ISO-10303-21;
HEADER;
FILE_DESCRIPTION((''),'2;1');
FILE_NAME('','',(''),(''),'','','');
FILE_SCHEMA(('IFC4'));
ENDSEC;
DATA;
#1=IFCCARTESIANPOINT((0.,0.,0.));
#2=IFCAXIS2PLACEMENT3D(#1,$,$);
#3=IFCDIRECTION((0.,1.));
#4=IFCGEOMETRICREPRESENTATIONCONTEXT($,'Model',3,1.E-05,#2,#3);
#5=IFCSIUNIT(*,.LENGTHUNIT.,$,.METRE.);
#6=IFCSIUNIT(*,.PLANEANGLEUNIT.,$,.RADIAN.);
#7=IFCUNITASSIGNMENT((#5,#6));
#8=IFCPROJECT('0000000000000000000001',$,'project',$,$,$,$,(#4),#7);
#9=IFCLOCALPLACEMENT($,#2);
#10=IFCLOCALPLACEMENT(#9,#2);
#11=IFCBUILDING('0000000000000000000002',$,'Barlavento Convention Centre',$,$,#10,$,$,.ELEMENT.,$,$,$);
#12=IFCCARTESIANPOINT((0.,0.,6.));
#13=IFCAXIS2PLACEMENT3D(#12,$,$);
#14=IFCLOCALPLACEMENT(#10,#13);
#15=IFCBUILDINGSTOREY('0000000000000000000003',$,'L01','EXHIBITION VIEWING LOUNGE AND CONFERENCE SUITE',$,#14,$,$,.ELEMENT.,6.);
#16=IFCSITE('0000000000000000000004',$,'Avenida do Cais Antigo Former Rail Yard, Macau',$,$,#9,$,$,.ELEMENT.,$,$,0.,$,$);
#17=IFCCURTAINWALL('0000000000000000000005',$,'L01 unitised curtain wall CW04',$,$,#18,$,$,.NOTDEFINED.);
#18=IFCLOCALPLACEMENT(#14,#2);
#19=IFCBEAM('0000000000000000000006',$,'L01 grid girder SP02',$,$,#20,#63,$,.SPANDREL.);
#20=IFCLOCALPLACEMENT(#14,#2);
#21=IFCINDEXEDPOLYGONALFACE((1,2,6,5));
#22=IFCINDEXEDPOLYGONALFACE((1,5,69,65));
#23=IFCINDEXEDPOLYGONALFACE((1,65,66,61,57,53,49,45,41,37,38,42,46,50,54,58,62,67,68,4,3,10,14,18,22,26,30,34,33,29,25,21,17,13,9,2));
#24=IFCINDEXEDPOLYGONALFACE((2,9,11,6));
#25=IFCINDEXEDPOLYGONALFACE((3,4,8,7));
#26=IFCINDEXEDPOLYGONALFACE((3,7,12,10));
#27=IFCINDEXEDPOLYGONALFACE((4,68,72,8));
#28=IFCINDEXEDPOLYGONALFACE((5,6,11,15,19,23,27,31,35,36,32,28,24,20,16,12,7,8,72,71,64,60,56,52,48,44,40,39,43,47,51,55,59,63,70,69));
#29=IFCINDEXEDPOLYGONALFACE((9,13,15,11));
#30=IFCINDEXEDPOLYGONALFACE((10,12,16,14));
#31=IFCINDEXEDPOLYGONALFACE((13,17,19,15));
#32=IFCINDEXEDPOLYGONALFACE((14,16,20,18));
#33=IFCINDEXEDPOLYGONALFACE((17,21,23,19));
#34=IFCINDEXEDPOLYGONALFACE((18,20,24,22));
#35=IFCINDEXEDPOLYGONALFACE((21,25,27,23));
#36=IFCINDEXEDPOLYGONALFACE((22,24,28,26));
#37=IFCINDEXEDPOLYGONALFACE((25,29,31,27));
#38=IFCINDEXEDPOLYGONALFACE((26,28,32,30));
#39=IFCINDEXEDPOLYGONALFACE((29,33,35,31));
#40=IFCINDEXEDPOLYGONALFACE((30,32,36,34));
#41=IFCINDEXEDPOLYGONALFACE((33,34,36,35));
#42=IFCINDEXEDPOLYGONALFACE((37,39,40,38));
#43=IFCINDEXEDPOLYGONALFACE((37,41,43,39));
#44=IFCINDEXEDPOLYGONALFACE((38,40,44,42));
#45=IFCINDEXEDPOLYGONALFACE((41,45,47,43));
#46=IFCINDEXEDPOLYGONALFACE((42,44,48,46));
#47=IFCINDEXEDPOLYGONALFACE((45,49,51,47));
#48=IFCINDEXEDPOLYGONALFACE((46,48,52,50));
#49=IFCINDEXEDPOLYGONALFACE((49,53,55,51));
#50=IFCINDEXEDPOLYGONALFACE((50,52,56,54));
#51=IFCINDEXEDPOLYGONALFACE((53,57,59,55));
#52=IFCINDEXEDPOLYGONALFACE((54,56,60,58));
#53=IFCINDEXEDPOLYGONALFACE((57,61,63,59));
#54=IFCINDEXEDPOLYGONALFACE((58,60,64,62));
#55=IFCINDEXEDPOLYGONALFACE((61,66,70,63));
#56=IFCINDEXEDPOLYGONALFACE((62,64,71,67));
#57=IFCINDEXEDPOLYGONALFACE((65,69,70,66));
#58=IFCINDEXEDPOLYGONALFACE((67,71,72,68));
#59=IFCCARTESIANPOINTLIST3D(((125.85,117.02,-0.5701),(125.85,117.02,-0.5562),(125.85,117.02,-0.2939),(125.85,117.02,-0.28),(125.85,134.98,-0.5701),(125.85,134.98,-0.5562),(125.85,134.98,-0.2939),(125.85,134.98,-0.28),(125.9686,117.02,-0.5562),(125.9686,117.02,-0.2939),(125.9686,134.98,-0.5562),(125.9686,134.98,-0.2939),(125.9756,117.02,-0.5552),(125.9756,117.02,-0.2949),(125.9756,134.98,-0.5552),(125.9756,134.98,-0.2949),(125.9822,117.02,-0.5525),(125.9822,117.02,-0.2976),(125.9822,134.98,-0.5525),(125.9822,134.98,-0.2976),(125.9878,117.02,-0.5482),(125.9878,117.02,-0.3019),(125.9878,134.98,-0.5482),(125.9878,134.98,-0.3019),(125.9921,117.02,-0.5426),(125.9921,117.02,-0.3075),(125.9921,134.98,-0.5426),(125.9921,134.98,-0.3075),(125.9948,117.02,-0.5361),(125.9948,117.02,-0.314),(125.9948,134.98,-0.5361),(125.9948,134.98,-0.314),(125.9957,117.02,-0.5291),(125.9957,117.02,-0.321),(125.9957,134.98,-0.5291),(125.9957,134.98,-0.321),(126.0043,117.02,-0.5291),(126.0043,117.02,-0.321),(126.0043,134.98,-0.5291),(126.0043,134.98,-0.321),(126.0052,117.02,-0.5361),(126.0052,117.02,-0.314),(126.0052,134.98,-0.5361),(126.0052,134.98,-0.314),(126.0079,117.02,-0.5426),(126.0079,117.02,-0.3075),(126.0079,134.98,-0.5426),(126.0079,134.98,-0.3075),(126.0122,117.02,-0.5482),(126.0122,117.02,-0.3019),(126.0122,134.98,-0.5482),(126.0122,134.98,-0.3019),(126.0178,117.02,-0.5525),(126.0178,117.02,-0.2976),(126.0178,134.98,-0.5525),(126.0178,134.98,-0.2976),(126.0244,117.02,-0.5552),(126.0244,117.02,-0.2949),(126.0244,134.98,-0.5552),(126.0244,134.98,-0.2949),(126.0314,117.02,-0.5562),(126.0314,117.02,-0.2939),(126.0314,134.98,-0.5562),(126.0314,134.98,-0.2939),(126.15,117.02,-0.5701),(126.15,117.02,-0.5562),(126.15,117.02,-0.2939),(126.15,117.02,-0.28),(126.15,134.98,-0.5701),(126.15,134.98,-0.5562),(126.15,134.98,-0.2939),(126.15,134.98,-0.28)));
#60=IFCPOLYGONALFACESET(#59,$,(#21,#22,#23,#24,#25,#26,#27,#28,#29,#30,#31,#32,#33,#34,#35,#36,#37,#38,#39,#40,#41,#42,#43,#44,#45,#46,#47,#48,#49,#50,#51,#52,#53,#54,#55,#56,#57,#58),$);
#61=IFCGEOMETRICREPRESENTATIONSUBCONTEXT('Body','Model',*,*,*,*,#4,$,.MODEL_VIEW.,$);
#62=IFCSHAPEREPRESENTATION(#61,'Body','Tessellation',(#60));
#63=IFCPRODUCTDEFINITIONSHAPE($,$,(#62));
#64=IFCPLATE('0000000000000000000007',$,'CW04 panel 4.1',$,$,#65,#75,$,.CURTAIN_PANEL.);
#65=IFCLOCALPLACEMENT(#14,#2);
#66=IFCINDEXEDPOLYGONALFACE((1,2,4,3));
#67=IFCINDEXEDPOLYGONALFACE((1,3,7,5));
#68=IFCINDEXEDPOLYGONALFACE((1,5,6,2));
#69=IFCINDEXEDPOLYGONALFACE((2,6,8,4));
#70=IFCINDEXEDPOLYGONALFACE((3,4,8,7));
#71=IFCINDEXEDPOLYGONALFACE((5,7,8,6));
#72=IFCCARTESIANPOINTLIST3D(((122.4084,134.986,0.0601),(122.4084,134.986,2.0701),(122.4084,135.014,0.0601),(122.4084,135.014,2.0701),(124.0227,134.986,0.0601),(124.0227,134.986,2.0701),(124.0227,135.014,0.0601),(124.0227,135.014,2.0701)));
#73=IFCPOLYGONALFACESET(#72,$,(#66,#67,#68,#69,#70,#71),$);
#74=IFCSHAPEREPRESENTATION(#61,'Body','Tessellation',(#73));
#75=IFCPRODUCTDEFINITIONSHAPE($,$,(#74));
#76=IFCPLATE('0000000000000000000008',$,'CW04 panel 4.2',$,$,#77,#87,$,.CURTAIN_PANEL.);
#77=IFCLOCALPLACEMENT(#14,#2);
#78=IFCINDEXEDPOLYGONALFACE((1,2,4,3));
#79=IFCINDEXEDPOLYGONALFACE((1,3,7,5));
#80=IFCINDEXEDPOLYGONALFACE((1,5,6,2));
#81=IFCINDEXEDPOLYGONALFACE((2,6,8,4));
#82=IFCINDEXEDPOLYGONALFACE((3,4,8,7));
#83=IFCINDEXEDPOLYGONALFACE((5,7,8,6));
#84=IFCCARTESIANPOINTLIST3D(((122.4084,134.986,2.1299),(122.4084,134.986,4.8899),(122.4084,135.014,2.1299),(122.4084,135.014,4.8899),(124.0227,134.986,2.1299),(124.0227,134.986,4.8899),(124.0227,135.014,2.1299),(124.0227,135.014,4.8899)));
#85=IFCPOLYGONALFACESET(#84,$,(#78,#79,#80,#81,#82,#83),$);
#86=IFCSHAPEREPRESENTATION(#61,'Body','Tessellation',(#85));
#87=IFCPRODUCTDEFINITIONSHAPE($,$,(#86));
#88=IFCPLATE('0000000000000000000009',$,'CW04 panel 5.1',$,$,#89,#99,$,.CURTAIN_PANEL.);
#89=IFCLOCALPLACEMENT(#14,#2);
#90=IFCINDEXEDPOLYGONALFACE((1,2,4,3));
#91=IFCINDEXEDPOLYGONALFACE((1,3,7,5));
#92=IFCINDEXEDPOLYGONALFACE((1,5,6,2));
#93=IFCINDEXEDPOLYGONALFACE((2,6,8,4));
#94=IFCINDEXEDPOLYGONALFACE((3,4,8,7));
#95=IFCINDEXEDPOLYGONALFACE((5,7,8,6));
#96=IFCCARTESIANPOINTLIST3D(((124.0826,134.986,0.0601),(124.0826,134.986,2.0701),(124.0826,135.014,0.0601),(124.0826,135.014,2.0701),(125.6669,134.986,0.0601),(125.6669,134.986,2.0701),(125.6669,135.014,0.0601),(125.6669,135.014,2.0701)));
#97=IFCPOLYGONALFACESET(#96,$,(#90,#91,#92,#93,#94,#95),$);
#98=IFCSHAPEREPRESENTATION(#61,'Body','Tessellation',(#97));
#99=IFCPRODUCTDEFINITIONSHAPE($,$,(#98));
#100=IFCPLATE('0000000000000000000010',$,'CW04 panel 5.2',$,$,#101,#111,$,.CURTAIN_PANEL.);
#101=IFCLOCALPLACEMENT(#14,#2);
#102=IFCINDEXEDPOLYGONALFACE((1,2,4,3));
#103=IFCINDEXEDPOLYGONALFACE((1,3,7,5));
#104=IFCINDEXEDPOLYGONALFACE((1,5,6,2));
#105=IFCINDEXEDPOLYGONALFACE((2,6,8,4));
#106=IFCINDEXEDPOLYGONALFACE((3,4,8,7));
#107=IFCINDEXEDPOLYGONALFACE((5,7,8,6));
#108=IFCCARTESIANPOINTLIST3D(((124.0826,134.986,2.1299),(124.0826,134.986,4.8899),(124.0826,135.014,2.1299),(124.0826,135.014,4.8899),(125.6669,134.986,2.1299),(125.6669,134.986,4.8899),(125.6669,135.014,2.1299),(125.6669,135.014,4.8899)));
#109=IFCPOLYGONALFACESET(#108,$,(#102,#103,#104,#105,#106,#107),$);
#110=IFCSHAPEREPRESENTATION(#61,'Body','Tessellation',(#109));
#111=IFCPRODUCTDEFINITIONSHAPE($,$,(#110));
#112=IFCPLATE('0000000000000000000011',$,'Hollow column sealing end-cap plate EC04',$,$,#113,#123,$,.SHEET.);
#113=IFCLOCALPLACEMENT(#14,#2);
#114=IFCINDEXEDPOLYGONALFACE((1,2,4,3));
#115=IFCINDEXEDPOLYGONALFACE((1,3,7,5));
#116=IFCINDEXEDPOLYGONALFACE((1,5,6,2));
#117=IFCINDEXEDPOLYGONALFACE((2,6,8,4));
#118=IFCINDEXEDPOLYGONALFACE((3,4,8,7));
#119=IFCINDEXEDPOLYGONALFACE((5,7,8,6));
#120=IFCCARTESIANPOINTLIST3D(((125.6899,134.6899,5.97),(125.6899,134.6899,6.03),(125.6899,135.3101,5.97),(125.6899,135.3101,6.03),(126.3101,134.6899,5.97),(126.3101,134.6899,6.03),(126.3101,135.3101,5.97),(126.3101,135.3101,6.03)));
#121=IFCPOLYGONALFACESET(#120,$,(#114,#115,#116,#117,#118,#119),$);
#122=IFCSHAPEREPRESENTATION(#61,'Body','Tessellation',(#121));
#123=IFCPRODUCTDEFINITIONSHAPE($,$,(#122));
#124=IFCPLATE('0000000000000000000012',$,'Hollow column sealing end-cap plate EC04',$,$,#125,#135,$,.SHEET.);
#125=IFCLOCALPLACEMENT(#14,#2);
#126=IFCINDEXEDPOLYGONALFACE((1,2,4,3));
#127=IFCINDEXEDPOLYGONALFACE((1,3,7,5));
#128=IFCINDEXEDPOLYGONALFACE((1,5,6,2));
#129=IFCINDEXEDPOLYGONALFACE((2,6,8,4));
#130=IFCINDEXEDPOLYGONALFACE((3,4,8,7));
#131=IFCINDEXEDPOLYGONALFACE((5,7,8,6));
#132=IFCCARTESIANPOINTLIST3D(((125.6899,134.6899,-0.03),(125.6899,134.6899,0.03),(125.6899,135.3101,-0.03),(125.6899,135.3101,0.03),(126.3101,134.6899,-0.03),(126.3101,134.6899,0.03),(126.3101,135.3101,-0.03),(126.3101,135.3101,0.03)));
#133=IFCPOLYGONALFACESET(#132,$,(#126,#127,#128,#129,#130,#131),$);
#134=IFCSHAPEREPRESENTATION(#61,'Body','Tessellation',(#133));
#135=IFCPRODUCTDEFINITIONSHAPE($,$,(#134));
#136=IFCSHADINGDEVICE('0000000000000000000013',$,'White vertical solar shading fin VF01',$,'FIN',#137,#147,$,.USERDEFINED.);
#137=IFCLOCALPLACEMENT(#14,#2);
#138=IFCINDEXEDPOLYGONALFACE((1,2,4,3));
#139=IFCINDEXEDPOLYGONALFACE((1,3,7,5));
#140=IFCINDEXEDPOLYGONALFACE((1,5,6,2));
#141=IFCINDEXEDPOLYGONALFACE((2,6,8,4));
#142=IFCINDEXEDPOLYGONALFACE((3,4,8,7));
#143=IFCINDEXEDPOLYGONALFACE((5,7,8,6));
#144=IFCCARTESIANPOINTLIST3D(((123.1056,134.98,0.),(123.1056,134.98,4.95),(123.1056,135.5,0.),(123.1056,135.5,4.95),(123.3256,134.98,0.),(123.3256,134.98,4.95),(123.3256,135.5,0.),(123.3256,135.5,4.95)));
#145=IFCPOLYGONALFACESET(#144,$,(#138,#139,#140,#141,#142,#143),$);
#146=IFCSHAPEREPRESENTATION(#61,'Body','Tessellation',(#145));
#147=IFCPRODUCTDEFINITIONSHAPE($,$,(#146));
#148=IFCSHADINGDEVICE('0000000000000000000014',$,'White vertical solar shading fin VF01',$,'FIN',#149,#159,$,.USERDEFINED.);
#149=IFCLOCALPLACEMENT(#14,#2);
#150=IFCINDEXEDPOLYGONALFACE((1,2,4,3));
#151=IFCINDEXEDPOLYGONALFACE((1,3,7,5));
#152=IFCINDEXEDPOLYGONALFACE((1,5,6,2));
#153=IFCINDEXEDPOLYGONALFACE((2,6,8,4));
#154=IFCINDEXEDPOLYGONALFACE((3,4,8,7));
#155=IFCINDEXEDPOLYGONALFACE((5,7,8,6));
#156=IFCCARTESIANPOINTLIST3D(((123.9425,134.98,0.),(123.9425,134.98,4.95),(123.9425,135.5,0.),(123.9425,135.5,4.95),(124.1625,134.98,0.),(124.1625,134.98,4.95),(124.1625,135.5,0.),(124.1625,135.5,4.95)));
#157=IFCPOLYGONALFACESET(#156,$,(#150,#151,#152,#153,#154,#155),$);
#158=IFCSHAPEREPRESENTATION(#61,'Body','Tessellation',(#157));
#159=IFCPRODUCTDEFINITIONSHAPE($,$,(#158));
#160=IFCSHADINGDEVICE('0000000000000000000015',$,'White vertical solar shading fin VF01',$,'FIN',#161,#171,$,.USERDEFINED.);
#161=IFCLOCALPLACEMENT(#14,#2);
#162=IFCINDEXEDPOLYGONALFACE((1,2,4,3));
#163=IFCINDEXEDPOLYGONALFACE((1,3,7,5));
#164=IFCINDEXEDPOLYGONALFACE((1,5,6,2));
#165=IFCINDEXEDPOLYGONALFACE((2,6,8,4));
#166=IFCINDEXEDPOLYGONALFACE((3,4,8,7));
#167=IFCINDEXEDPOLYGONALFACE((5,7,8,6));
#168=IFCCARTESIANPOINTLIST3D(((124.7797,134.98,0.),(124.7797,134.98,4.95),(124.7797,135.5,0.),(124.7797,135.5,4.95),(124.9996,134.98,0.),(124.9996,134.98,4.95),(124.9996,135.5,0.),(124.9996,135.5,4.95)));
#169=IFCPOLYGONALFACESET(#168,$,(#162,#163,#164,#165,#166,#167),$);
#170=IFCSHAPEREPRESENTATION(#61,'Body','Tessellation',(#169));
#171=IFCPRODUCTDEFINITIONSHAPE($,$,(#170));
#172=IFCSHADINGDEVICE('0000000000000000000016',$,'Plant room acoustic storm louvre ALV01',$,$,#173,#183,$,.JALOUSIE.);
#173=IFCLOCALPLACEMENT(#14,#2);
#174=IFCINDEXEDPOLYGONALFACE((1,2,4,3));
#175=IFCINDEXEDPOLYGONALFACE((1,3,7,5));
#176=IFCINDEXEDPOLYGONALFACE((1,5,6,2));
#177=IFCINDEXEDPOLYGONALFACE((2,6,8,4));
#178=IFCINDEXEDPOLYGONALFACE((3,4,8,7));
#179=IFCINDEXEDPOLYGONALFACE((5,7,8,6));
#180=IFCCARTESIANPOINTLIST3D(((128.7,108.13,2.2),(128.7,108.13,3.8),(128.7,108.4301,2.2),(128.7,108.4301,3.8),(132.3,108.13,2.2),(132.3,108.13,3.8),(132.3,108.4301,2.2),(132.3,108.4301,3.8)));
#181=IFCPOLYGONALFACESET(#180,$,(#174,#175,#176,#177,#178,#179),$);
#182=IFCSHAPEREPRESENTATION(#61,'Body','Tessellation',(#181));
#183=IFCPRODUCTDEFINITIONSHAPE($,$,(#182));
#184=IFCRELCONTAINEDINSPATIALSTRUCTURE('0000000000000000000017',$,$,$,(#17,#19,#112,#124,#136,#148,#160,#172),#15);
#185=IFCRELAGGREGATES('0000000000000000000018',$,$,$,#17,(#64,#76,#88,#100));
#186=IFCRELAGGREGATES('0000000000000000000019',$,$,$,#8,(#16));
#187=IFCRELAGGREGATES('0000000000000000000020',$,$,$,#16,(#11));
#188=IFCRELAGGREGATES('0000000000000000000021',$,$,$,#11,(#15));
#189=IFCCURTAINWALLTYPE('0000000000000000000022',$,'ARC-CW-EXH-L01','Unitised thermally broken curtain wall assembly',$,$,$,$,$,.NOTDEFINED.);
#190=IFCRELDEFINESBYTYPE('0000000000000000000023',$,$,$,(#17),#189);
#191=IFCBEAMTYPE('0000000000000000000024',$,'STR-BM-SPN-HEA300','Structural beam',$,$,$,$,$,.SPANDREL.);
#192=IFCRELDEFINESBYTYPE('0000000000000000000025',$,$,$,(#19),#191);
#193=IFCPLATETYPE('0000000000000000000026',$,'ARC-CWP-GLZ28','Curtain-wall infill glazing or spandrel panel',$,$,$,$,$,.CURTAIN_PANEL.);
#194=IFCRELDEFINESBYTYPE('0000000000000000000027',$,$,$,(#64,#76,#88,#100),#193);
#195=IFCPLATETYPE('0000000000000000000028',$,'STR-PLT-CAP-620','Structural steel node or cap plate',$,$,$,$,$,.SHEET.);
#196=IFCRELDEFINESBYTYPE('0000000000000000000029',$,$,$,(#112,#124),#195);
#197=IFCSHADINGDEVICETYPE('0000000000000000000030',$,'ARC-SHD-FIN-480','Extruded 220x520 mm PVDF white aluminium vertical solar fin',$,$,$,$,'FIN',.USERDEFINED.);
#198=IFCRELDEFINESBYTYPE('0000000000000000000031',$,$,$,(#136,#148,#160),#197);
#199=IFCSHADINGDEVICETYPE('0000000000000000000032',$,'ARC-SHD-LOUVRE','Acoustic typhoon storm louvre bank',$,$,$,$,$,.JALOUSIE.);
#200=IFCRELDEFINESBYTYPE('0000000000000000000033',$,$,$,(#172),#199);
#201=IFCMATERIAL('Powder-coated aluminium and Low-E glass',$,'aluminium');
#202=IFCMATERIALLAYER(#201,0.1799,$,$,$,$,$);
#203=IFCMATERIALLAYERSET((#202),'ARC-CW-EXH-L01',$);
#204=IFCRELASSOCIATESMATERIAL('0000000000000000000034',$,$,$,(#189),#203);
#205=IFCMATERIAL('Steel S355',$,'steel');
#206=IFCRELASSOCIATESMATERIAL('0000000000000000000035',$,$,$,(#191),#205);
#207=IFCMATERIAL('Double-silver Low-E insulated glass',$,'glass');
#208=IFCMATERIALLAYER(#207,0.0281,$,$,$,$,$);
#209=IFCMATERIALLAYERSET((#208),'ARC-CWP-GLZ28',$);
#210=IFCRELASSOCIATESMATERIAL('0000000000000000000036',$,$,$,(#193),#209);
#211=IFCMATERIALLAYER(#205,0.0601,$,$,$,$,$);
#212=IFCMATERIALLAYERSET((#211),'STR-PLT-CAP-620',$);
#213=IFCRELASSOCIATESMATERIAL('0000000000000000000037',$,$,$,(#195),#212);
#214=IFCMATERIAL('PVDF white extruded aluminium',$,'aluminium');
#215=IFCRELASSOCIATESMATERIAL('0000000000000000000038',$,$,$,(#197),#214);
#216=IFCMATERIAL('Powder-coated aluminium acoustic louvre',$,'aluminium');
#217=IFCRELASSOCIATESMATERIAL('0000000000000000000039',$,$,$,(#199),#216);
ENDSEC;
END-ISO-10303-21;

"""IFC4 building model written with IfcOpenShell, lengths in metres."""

from ifc_helpers import new_model, si_unit, direction, frame, origin, origin_2d, place, context, subcontext, project, spatial, rectangle, i_section, extrude, material, layer, layer_set, material_profile, profile_set, type_object, element, aggregate, save


model = new_model("IFC4")

# Units and contexts
model_context = context("Model", 3, precision=1e-05, world=origin(), true_north=direction((0.0, 1.0)))
body_context = subcontext(model_context, "Body", "Model", "MODEL_VIEW")
ifc_project = project(units=[si_unit("LENGTHUNIT", "METRE"), si_unit("PLANEANGLEUNIT", "RADIAN")], contexts=[model_context])

# Site, building, storey
site_placement = place(None, origin())
site = spatial("IfcSite", under=ifc_project, at=site_placement, Name="Avenida do Cais Antigo Former Rail Yard, Macau", CompositionType="ELEMENT", RefElevation=0.0)
building_placement = place(site_placement, origin())
building = spatial("IfcBuilding", under=site, at=building_placement, Name="Barlavento Convention Centre", CompositionType="ELEMENT")
storey_placement = place(building_placement, frame((0.0, 0.0, 6.0)))
storey = spatial("IfcBuildingStorey", under=building, at=storey_placement, Name="L01", Description="EXHIBITION VIEWING LOUNGE AND CONFERENCE SUITE", CompositionType="ELEMENT", Elevation=6.0)

# Shared definitions
ifc_material_1 = material(Name="Steel S355", Category="steel")

# Curtain wall
ifc_material_2 = material(Name="Powder-coated aluminium and Low-E glass", Category="aluminium")
ifc_layer_1 = layer(ifc_material_2, 0.1799)
ifc_layer_set_1 = layer_set([ifc_layer_1], Name="ARC-CW-EXH-L01")
curtain_wall_type = type_object("IfcCurtainWallType", Name="ARC-CW-EXH-L01", Description="Unitised thermally broken curtain wall assembly", PredefinedType="NOTDEFINED", material=ifc_layer_set_1)
curtain_wall_placement = place(storey_placement, origin())
curtain_wall = element("IfcCurtainWall", 1, at=curtain_wall_placement, inside=storey, type_object=curtain_wall_type, Name="L01 unitised curtain wall CW04", PredefinedType="NOTDEFINED")

# Beam
ifc_material_profile_1 = material_profile(ifc_material_1, i_section(OverallWidth=0.3, OverallDepth=0.29, WebThickness=0.0085, FlangeThickness=0.0139, FilletRadius=0.0271, at=origin_2d()), Name="HEA 300")
ifc_profile_set_1 = profile_set([ifc_material_profile_1], Name="Steel S355")
beam_type_1 = type_object("IfcBeamType", Name="STR-BM-SPN-HEA300", Description="Structural beam", PredefinedType="SPANDREL", material=ifc_profile_set_1)
beam_1_placement = place(storey_placement, frame((126.0, 117.02, -0.425), z_axis=(0.0, 1.0, 0.0), x_axis=(-1.0, 0.0, 0.0)))
element("IfcBeam", 2, at=beam_1_placement, inside=storey, type_object=beam_type_1, Name="L01 grid girder SP02", PredefinedType="SPANDREL", context=body_context, shape_type="SweptSolid", body=[
    extrude(i_section(OverallWidth=0.3, OverallDepth=0.29, WebThickness=0.0085, FlangeThickness=0.0139, FilletRadius=0.0271, at=origin_2d()), origin(), (0.0, 0.0, 1.0), 17.96),
])

# Plates
ifc_material_3 = material(Name="Double-silver Low-E insulated glass", Category="glass")
ifc_layer_2 = layer(ifc_material_3, 0.0281)
ifc_layer_set_2 = layer_set([ifc_layer_2], Name="ARC-CWP-GLZ28")
plate_type_1 = type_object("IfcPlateType", Name="ARC-CWP-GLZ28", Description="Curtain-wall infill glazing or spandrel panel", PredefinedType="CURTAIN_PANEL", material=ifc_layer_set_2)
plate_1_placement = place(storey_placement, frame((123.2156, 135.0, 0.0601), z_axis=(0.0, 0.0, 1.0), x_axis=(1.0, 0.0, 0.0)))
plate_1 = element("IfcPlate", 3, at=plate_1_placement, type_object=plate_type_1, Name="CW04 panel 4.1", PredefinedType="CURTAIN_PANEL", context=body_context, shape_type="SweptSolid", body=[
    extrude(rectangle(XDim=1.6143, YDim=0.0281, at=origin_2d()), origin(), (0.0, 0.0, 1.0), 2.01),
])
plate_2_placement = place(storey_placement, frame((123.2156, 135.0, 2.1299), z_axis=(0.0, 0.0, 1.0), x_axis=(1.0, 0.0, 0.0)))
plate_2 = element("IfcPlate", 4, at=plate_2_placement, type_object=plate_type_1, Name="CW04 panel 4.2", PredefinedType="CURTAIN_PANEL", context=body_context, shape_type="SweptSolid", body=[
    extrude(rectangle(XDim=1.6143, YDim=0.0281, at=origin_2d()), origin(), (0.0, 0.0, 1.0), 2.76),
])
plate_3_placement = place(storey_placement, frame((124.8748, 135.0, 0.0601), z_axis=(0.0, 0.0, 1.0), x_axis=(1.0, 0.0, 0.0)))
plate_3 = element("IfcPlate", 5, at=plate_3_placement, type_object=plate_type_1, Name="CW04 panel 5.1", PredefinedType="CURTAIN_PANEL", context=body_context, shape_type="SweptSolid", body=[
    extrude(rectangle(XDim=1.5842, YDim=0.0281, at=origin_2d()), origin(), (0.0, 0.0, 1.0), 2.01),
])
plate_4_placement = place(storey_placement, frame((124.8748, 135.0, 2.1299), z_axis=(0.0, 0.0, 1.0), x_axis=(1.0, 0.0, 0.0)))
plate_4 = element("IfcPlate", 6, at=plate_4_placement, type_object=plate_type_1, Name="CW04 panel 5.2", PredefinedType="CURTAIN_PANEL", context=body_context, shape_type="SweptSolid", body=[
    extrude(rectangle(XDim=1.5842, YDim=0.0281, at=origin_2d()), origin(), (0.0, 0.0, 1.0), 2.76),
])
aggregate(curtain_wall, [plate_1, plate_2, plate_3, plate_4])

# Plates
ifc_layer_3 = layer(ifc_material_1, 0.0601)
ifc_layer_set_3 = layer_set([ifc_layer_3], Name="STR-PLT-CAP-620")
plate_type_2 = type_object("IfcPlateType", Name="STR-PLT-CAP-620", Description="Structural steel node or cap plate", PredefinedType="SHEET", material=ifc_layer_set_3)
for number, where, z_axis, x_axis, name in (
    (7, (126.0, 135.0, 5.97), (0.0, 0.0, 1.0), (1.0, 0.0, 0.0), "Hollow column sealing end-cap plate EC04"),
    (8, (126.0, 135.0, -0.03), (0.0, 0.0, 1.0), (1.0, 0.0, 0.0), "Hollow column sealing end-cap plate EC04"),
):
    element("IfcPlate", number, at=place(storey_placement, frame(where, z_axis=z_axis, x_axis=x_axis)), inside=storey, type_object=plate_type_2, Name=name, PredefinedType="SHEET", context=body_context, shape_type="SweptSolid", body=[
        extrude(rectangle(XDim=0.6201, YDim=0.6201, at=origin_2d()), origin(), (0.0, 0.0, 1.0), 0.0601),
    ])

# Shading devices
ifc_material_4 = material(Name="PVDF white extruded aluminium", Category="aluminium")
shading_device_type_1 = type_object("IfcShadingDeviceType", Name="ARC-SHD-FIN-480", Description="Extruded 220x520 mm PVDF white aluminium vertical solar fin", ElementType="FIN", PredefinedType="USERDEFINED", material=ifc_material_4)
for number, where, z_axis, x_axis, name in (
    (9, (123.2156, 135.24, 0.0), (0.0, 0.0, 1.0), (1.0, 0.0, 0.0), "White vertical solar shading fin VF01"),
    (10, (124.0525, 135.24, 0.0), (0.0, 0.0, 1.0), (1.0, 0.0, 0.0), "White vertical solar shading fin VF01"),
    (11, (124.8896, 135.24, 0.0), (0.0, 0.0, 1.0), (1.0, 0.0, 0.0), "White vertical solar shading fin VF01"),
):
    element("IfcShadingDevice", number, at=place(storey_placement, frame(where, z_axis=z_axis, x_axis=x_axis)), inside=storey, type_object=shading_device_type_1, Name=name, ObjectType="FIN", PredefinedType="USERDEFINED", context=body_context, shape_type="SweptSolid", body=[
        extrude(rectangle(XDim=0.22, YDim=0.52, at=origin_2d()), origin(), (0.0, 0.0, 1.0), 4.95),
    ])
ifc_material_5 = material(Name="Powder-coated aluminium acoustic louvre", Category="aluminium")
shading_device_type_2 = type_object("IfcShadingDeviceType", Name="ARC-SHD-LOUVRE", Description="Acoustic typhoon storm louvre bank", PredefinedType="JALOUSIE", material=ifc_material_5)
shading_device_placement = place(storey_placement, frame((130.5, 108.28, 2.2), z_axis=(0.0, 0.0, 1.0), x_axis=(1.0, 0.0, 0.0)))
element("IfcShadingDevice", 12, at=shading_device_placement, inside=storey, type_object=shading_device_type_2, Name="Plant room acoustic storm louvre ALV01", PredefinedType="JALOUSIE", context=body_context, shape_type="SweptSolid", body=[
    extrude(rectangle(XDim=3.6001, YDim=0.3, at=origin_2d()), origin(), (0.0, 0.0, 1.0), 1.6001),
])

save(model, "model.ifc")
